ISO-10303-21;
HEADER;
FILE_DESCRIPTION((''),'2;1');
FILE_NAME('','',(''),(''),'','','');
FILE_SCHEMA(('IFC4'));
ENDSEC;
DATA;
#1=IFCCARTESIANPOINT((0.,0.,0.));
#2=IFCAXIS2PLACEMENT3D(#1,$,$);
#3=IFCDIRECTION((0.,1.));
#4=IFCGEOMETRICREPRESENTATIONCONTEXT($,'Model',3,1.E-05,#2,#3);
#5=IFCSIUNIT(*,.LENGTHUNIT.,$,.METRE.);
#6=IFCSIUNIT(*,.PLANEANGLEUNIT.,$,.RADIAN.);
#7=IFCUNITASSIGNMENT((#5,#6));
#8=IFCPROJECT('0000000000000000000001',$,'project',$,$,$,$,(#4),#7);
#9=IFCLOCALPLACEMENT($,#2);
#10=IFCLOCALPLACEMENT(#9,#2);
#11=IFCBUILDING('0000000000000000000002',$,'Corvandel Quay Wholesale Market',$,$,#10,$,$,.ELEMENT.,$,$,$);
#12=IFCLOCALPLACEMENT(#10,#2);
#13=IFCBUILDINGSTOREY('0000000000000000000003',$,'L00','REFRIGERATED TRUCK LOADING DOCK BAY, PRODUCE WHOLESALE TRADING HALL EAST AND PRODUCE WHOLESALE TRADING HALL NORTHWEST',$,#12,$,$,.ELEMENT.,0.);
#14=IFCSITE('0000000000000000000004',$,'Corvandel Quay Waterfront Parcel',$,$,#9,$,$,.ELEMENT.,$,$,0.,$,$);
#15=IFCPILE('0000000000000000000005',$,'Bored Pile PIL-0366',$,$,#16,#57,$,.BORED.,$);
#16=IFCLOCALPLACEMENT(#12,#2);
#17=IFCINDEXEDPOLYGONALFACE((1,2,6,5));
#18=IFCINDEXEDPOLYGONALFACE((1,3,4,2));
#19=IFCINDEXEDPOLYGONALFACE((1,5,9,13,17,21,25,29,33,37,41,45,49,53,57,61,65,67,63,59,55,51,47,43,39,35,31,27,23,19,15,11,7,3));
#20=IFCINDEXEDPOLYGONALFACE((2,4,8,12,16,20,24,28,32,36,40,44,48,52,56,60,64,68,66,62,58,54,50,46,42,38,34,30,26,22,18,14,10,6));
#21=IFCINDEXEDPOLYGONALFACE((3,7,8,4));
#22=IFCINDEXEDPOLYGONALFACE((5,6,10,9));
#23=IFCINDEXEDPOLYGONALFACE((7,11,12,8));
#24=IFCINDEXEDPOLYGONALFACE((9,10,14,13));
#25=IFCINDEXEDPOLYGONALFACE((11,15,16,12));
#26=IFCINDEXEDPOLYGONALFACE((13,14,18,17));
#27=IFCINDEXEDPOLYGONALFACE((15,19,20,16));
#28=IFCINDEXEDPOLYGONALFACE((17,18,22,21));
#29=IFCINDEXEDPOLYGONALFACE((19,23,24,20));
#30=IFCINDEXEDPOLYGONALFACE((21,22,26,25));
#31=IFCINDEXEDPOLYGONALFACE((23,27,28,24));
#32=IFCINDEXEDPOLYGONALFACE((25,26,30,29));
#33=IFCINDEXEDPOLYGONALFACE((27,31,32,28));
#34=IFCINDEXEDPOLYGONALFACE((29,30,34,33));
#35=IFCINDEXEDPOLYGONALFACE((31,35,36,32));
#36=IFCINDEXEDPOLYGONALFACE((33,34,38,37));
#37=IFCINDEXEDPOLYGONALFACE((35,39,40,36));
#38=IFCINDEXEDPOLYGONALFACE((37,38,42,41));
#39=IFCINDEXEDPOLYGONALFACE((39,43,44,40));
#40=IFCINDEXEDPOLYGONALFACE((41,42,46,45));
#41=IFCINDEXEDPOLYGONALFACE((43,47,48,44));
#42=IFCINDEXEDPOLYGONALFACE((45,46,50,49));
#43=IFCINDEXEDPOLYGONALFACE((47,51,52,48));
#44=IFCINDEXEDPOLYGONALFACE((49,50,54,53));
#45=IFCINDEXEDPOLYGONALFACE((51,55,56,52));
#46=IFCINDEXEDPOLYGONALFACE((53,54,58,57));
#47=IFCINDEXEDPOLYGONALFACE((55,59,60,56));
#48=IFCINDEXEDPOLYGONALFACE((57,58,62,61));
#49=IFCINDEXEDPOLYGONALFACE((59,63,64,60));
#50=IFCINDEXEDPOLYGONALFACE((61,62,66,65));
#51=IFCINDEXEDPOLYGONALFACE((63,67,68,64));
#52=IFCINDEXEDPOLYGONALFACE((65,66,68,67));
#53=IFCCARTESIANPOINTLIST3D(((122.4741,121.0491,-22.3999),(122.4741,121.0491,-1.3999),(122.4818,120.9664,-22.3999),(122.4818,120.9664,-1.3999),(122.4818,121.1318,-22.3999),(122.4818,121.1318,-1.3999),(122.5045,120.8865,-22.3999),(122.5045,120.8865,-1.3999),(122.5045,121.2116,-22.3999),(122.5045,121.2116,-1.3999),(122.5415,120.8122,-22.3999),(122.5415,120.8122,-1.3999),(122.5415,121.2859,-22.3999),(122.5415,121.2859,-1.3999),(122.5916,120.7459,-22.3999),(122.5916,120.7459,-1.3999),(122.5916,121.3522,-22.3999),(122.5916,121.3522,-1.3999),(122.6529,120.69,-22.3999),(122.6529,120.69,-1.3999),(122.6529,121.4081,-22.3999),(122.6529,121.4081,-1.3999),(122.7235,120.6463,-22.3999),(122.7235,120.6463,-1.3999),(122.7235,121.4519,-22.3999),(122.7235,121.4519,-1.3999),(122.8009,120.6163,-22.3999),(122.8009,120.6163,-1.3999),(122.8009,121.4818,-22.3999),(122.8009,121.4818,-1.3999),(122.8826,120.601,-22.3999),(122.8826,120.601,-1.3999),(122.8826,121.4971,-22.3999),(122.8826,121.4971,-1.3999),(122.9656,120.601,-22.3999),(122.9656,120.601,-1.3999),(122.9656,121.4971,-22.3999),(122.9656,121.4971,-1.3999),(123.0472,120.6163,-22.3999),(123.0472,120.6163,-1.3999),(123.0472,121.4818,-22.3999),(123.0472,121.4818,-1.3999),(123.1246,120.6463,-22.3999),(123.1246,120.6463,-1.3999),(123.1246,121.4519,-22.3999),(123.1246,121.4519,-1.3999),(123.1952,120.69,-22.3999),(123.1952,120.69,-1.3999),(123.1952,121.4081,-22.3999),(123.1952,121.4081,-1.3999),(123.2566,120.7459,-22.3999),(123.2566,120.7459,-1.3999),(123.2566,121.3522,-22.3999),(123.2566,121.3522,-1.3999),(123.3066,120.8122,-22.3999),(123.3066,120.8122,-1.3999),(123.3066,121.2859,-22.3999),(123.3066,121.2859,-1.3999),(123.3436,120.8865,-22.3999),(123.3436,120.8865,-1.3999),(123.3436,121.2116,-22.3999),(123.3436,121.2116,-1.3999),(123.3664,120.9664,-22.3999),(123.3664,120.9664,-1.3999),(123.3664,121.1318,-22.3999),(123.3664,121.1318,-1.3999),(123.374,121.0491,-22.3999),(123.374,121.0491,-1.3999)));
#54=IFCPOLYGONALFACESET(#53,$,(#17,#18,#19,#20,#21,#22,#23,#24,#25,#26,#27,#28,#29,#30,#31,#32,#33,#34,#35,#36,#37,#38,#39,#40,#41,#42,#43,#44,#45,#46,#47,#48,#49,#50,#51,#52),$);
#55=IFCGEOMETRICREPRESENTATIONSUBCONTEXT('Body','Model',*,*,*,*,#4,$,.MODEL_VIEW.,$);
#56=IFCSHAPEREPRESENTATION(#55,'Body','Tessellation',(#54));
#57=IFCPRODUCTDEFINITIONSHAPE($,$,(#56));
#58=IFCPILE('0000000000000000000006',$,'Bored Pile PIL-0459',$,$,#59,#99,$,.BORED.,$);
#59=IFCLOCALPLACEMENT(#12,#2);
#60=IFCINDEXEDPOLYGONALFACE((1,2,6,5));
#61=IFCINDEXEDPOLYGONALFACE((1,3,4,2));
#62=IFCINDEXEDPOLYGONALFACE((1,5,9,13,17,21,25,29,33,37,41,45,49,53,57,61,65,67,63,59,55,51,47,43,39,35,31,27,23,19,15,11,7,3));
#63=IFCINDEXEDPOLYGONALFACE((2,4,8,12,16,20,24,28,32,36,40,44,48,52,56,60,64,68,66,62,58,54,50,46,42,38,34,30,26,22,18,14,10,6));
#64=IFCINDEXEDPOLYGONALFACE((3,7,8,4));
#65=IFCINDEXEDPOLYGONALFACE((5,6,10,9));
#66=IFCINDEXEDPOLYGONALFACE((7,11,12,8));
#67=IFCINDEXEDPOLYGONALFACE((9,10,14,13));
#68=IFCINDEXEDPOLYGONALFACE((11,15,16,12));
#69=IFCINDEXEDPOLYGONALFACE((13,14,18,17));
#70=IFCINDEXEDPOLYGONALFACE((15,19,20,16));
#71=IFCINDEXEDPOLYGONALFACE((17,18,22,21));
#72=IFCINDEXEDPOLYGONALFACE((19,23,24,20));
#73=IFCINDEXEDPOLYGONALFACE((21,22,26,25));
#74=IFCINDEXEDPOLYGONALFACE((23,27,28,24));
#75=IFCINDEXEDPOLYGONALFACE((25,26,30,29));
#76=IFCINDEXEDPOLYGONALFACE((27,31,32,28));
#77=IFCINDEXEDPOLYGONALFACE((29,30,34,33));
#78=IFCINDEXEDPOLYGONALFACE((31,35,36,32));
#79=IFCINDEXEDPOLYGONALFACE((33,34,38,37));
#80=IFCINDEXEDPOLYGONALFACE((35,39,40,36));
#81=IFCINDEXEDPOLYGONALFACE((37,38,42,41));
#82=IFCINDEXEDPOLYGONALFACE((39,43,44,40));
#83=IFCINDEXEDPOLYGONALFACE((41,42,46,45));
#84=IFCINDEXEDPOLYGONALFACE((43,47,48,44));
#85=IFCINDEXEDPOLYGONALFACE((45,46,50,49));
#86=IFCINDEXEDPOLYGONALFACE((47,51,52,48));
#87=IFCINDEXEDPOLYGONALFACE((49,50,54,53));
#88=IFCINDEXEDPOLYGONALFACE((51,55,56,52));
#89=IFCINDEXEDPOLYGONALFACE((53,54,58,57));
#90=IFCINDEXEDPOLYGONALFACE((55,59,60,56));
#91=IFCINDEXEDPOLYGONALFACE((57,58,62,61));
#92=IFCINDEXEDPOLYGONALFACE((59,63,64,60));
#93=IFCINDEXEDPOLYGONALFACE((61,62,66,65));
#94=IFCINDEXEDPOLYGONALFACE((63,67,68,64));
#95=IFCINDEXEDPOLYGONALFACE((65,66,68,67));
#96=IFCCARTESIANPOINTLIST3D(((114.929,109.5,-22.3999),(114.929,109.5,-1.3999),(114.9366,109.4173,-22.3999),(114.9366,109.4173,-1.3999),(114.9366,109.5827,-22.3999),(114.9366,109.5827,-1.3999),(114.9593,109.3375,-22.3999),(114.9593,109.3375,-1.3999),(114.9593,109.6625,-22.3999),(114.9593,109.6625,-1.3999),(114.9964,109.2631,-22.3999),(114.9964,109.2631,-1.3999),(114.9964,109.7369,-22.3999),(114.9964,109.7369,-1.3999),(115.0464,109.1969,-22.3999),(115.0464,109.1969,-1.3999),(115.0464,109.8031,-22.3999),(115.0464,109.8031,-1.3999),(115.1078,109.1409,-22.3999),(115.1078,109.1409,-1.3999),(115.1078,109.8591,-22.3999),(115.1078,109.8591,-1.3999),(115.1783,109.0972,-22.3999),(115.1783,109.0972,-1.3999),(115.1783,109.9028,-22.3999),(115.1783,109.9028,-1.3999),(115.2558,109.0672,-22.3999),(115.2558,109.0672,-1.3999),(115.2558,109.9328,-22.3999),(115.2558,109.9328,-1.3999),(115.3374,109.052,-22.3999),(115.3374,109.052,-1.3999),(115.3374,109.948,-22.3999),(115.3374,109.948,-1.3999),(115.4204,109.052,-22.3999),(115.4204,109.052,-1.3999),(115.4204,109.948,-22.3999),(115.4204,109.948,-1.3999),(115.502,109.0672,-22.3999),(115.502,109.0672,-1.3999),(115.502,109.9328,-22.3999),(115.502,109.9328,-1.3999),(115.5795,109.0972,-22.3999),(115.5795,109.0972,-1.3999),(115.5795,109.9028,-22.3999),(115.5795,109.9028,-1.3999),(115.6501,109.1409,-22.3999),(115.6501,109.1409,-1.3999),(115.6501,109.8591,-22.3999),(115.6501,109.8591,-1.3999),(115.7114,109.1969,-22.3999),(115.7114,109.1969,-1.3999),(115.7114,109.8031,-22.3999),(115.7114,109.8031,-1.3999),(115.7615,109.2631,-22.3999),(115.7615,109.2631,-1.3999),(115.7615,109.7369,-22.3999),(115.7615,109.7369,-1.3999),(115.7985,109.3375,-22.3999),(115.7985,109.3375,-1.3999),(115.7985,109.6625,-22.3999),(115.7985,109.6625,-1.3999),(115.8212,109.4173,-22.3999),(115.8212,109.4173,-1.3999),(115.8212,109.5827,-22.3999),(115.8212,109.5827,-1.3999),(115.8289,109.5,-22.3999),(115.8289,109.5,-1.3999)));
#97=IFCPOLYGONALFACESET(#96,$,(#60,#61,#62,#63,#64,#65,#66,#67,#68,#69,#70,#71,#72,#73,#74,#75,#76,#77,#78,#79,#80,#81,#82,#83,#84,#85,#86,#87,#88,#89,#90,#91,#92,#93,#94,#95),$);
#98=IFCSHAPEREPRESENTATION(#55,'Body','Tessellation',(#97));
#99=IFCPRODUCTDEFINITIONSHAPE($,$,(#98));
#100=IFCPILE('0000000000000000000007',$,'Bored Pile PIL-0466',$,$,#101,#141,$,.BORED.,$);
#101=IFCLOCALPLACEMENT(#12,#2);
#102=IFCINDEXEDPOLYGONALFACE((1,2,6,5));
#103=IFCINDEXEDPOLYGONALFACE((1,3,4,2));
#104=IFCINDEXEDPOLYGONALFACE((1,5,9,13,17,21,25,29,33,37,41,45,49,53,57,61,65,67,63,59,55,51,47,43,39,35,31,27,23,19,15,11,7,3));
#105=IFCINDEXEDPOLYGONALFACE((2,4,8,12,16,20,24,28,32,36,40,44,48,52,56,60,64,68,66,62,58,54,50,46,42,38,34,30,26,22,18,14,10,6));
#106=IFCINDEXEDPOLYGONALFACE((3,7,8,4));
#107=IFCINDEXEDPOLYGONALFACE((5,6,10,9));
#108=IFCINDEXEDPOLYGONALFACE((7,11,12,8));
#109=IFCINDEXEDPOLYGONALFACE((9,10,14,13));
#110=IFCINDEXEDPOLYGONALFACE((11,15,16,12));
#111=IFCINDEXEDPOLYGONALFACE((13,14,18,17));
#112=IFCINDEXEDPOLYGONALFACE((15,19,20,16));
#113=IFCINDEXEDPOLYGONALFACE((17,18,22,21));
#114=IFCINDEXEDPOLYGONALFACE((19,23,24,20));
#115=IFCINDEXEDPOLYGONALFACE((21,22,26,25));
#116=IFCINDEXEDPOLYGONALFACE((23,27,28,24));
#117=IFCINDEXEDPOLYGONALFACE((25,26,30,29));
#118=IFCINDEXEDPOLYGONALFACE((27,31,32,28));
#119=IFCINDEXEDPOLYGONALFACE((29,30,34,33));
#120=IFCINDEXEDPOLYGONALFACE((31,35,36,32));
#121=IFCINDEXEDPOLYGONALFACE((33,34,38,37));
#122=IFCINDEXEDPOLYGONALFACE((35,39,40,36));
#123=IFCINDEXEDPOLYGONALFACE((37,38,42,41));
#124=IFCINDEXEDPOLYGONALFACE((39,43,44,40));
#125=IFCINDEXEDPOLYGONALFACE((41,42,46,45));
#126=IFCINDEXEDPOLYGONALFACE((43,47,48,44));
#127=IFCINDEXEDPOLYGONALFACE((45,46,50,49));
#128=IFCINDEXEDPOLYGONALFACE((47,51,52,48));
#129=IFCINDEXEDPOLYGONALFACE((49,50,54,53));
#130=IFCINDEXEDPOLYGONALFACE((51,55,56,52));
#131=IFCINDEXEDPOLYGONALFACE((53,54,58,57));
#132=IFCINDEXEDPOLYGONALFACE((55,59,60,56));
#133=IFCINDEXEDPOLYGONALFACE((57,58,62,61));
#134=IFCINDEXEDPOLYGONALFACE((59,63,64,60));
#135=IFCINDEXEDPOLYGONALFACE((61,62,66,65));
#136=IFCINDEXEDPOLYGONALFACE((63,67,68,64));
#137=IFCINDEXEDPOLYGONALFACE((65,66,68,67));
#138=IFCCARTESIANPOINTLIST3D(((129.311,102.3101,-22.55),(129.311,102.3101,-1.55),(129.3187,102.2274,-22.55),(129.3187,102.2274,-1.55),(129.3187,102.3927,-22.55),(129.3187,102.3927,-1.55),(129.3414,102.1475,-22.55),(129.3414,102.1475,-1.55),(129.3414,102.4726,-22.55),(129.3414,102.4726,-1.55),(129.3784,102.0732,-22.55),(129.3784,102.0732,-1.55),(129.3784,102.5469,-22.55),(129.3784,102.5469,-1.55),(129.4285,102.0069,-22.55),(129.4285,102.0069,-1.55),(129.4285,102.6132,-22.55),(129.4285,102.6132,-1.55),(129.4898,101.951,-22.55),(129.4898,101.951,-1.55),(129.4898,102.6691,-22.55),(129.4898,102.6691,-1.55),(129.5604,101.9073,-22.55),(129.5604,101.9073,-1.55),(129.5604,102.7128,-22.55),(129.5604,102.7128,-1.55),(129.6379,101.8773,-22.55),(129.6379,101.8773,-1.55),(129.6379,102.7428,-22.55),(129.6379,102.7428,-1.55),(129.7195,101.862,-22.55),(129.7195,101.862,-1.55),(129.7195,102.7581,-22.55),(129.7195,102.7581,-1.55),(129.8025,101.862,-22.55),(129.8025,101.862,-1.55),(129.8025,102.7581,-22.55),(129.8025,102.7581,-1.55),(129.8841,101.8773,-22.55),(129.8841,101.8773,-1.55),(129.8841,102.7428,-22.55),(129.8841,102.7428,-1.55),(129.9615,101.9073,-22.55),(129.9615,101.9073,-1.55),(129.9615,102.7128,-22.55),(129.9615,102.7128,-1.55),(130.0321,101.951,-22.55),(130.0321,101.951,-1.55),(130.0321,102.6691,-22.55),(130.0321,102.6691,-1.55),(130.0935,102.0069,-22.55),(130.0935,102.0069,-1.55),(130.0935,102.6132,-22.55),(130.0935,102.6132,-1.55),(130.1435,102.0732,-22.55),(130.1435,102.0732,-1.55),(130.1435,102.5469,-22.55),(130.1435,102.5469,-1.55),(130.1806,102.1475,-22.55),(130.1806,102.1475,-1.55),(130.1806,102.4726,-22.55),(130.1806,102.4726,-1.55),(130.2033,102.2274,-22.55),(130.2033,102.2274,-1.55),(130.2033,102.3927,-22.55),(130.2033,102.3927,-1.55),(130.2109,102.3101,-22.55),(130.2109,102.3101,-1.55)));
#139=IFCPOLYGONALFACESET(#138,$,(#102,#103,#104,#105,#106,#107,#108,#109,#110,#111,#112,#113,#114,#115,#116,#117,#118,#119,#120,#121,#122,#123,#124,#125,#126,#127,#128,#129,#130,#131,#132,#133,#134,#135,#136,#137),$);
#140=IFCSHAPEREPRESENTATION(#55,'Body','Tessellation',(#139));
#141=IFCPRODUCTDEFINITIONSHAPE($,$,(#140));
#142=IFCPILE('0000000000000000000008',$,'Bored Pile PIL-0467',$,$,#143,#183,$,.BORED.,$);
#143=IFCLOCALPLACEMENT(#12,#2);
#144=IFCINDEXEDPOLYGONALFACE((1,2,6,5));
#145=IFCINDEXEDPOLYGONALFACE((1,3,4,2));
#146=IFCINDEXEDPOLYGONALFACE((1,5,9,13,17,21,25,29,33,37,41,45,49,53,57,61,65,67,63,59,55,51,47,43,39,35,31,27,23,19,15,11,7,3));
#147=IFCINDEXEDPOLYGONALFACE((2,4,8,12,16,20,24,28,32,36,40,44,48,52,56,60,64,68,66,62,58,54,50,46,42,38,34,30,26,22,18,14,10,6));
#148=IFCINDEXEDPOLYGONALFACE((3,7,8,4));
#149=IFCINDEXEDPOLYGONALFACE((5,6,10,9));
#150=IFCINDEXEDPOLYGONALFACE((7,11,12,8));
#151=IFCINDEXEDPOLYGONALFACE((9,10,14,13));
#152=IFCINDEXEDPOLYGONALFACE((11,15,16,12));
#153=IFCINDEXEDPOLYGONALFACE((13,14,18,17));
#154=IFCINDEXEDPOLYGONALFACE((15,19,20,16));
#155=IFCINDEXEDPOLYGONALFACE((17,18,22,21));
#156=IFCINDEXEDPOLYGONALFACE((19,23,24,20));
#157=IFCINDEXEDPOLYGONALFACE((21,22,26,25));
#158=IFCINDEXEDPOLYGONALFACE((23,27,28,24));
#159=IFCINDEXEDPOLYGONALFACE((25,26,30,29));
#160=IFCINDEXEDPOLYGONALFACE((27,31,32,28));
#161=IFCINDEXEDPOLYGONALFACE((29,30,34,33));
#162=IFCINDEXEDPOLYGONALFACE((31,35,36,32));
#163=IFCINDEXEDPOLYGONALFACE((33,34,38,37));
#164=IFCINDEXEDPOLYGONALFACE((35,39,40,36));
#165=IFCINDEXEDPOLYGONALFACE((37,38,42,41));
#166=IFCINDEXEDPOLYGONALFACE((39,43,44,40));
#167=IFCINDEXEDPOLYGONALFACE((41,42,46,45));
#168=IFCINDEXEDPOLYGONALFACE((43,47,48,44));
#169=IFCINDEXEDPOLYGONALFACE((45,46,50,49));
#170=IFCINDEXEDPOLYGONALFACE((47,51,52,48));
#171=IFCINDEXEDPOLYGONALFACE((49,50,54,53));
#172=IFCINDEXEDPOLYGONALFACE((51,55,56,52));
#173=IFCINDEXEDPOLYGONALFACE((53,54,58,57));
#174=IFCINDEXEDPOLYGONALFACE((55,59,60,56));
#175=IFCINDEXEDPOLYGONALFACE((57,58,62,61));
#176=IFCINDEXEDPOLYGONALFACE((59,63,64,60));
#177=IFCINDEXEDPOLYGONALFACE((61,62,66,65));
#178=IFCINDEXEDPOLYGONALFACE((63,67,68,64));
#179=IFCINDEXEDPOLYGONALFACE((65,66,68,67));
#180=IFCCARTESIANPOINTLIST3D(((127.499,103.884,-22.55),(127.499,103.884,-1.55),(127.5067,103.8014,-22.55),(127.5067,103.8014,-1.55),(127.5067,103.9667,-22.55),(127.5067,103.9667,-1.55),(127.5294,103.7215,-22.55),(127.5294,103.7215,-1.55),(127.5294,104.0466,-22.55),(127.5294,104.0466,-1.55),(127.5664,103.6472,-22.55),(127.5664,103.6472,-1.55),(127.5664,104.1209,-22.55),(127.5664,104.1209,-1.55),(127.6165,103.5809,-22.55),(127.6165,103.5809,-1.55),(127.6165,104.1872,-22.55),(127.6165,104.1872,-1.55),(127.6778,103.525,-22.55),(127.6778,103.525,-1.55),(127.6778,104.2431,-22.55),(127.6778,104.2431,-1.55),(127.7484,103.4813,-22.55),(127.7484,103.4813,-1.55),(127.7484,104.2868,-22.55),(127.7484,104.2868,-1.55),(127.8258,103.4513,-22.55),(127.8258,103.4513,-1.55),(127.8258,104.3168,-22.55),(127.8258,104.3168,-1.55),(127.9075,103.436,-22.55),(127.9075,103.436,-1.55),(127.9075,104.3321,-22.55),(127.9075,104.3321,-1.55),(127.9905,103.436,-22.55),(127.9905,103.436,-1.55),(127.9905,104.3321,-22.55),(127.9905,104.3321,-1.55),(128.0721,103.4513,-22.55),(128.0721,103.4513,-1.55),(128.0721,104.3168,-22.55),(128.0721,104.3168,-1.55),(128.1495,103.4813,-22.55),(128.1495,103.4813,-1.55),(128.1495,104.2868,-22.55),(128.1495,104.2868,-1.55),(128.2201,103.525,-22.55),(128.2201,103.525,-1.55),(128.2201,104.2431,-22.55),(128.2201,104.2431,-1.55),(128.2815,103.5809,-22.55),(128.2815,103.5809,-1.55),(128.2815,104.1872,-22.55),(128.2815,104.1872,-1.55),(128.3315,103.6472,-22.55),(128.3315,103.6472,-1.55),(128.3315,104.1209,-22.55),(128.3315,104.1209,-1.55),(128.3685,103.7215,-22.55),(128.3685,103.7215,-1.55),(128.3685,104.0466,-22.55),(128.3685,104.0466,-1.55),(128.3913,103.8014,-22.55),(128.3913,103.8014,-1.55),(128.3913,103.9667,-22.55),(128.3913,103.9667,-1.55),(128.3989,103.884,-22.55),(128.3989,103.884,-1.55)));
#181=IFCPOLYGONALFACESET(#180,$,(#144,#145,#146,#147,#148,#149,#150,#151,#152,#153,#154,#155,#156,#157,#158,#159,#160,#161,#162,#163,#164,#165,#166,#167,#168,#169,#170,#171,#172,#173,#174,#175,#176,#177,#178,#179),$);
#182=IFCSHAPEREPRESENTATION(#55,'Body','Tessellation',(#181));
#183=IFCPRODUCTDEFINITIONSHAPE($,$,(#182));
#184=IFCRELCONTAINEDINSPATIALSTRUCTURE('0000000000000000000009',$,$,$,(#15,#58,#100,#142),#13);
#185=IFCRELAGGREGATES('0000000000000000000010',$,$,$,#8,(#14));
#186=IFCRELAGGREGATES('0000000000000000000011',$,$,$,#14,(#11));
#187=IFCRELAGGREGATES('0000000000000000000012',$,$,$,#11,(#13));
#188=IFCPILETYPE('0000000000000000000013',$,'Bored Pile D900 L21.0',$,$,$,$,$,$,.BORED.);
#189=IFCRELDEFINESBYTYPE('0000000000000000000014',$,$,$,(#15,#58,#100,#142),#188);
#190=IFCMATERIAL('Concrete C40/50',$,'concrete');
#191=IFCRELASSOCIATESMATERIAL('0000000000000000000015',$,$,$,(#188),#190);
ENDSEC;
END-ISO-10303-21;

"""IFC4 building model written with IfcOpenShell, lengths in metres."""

from ifc_helpers import new_model, si_unit, direction, frame, origin, origin_2d, place, context, subcontext, project, spatial, circle, extrude, material, material_profile, profile_set, type_object, element, save


model = new_model("IFC4")

# Units and contexts
model_context = context("Model", 3, precision=1e-05, world=origin(), true_north=direction((0.0, 1.0)))
body_context = subcontext(model_context, "Body", "Model", "MODEL_VIEW")
ifc_project = project(units=[si_unit("LENGTHUNIT", "METRE"), si_unit("PLANEANGLEUNIT", "RADIAN")], contexts=[model_context])

# Site, building, storey
site_placement = place(None, origin())
site = spatial("IfcSite", under=ifc_project, at=site_placement, Name="Corvandel Quay Waterfront Parcel", CompositionType="ELEMENT", RefElevation=0.0)
building_placement = place(site_placement, origin())
building = spatial("IfcBuilding", under=site, at=building_placement, Name="Corvandel Quay Wholesale Market", CompositionType="ELEMENT")
storey_placement = place(building_placement, origin())
storey = spatial("IfcBuildingStorey", under=building, at=storey_placement, Name="L00", Description="REFRIGERATED TRUCK LOADING DOCK BAY, PRODUCE WHOLESALE TRADING HALL EAST AND PRODUCE WHOLESALE TRADING HALL NORTHWEST", CompositionType="ELEMENT", Elevation=0.0)

# Piles
ifc_material_1 = material(Name="Concrete C40/50", Category="concrete")
ifc_material_profile_1 = material_profile(ifc_material_1, circle(Radius=0.45, at=origin_2d()), Name="RC-PILE-D900")
ifc_profile_set_1 = profile_set([ifc_material_profile_1], Name="Concrete C40/50")
pile_type_1 = type_object("IfcPileType", Name="Bored Pile D900 L21.0", PredefinedType="BORED", material=ifc_profile_set_1)
for number, where, z_axis, x_axis, name in (
    (1, (122.9241, 121.0491, -1.3999), (0.0, 0.0, -1.0), (1.0, 0.0, 0.0), "Bored Pile PIL-0366"),
    (2, (115.3789, 109.5, -1.3999), (0.0, 0.0, -1.0), (1.0, 0.0, 0.0), "Bored Pile PIL-0459"),
    (3, (129.761, 102.3101, -1.55), (0.0, 0.0, -1.0), (1.0, 0.0, 0.0), "Bored Pile PIL-0466"),
    (4, (127.949, 103.884, -1.55), (0.0, 0.0, -1.0), (1.0, 0.0, 0.0), "Bored Pile PIL-0467"),
):
    element("IfcPile", number, at=place(storey_placement, frame(where, z_axis=z_axis, x_axis=x_axis)), inside=storey, type_object=pile_type_1, Name=name, PredefinedType="BORED", context=body_context, shape_type="SweptSolid", body=[
        extrude(circle(Radius=0.45, at=origin_2d()), origin(), (0.0, 0.0, 1.0), 21.0),
    ])

save(model, "model.ifc")
